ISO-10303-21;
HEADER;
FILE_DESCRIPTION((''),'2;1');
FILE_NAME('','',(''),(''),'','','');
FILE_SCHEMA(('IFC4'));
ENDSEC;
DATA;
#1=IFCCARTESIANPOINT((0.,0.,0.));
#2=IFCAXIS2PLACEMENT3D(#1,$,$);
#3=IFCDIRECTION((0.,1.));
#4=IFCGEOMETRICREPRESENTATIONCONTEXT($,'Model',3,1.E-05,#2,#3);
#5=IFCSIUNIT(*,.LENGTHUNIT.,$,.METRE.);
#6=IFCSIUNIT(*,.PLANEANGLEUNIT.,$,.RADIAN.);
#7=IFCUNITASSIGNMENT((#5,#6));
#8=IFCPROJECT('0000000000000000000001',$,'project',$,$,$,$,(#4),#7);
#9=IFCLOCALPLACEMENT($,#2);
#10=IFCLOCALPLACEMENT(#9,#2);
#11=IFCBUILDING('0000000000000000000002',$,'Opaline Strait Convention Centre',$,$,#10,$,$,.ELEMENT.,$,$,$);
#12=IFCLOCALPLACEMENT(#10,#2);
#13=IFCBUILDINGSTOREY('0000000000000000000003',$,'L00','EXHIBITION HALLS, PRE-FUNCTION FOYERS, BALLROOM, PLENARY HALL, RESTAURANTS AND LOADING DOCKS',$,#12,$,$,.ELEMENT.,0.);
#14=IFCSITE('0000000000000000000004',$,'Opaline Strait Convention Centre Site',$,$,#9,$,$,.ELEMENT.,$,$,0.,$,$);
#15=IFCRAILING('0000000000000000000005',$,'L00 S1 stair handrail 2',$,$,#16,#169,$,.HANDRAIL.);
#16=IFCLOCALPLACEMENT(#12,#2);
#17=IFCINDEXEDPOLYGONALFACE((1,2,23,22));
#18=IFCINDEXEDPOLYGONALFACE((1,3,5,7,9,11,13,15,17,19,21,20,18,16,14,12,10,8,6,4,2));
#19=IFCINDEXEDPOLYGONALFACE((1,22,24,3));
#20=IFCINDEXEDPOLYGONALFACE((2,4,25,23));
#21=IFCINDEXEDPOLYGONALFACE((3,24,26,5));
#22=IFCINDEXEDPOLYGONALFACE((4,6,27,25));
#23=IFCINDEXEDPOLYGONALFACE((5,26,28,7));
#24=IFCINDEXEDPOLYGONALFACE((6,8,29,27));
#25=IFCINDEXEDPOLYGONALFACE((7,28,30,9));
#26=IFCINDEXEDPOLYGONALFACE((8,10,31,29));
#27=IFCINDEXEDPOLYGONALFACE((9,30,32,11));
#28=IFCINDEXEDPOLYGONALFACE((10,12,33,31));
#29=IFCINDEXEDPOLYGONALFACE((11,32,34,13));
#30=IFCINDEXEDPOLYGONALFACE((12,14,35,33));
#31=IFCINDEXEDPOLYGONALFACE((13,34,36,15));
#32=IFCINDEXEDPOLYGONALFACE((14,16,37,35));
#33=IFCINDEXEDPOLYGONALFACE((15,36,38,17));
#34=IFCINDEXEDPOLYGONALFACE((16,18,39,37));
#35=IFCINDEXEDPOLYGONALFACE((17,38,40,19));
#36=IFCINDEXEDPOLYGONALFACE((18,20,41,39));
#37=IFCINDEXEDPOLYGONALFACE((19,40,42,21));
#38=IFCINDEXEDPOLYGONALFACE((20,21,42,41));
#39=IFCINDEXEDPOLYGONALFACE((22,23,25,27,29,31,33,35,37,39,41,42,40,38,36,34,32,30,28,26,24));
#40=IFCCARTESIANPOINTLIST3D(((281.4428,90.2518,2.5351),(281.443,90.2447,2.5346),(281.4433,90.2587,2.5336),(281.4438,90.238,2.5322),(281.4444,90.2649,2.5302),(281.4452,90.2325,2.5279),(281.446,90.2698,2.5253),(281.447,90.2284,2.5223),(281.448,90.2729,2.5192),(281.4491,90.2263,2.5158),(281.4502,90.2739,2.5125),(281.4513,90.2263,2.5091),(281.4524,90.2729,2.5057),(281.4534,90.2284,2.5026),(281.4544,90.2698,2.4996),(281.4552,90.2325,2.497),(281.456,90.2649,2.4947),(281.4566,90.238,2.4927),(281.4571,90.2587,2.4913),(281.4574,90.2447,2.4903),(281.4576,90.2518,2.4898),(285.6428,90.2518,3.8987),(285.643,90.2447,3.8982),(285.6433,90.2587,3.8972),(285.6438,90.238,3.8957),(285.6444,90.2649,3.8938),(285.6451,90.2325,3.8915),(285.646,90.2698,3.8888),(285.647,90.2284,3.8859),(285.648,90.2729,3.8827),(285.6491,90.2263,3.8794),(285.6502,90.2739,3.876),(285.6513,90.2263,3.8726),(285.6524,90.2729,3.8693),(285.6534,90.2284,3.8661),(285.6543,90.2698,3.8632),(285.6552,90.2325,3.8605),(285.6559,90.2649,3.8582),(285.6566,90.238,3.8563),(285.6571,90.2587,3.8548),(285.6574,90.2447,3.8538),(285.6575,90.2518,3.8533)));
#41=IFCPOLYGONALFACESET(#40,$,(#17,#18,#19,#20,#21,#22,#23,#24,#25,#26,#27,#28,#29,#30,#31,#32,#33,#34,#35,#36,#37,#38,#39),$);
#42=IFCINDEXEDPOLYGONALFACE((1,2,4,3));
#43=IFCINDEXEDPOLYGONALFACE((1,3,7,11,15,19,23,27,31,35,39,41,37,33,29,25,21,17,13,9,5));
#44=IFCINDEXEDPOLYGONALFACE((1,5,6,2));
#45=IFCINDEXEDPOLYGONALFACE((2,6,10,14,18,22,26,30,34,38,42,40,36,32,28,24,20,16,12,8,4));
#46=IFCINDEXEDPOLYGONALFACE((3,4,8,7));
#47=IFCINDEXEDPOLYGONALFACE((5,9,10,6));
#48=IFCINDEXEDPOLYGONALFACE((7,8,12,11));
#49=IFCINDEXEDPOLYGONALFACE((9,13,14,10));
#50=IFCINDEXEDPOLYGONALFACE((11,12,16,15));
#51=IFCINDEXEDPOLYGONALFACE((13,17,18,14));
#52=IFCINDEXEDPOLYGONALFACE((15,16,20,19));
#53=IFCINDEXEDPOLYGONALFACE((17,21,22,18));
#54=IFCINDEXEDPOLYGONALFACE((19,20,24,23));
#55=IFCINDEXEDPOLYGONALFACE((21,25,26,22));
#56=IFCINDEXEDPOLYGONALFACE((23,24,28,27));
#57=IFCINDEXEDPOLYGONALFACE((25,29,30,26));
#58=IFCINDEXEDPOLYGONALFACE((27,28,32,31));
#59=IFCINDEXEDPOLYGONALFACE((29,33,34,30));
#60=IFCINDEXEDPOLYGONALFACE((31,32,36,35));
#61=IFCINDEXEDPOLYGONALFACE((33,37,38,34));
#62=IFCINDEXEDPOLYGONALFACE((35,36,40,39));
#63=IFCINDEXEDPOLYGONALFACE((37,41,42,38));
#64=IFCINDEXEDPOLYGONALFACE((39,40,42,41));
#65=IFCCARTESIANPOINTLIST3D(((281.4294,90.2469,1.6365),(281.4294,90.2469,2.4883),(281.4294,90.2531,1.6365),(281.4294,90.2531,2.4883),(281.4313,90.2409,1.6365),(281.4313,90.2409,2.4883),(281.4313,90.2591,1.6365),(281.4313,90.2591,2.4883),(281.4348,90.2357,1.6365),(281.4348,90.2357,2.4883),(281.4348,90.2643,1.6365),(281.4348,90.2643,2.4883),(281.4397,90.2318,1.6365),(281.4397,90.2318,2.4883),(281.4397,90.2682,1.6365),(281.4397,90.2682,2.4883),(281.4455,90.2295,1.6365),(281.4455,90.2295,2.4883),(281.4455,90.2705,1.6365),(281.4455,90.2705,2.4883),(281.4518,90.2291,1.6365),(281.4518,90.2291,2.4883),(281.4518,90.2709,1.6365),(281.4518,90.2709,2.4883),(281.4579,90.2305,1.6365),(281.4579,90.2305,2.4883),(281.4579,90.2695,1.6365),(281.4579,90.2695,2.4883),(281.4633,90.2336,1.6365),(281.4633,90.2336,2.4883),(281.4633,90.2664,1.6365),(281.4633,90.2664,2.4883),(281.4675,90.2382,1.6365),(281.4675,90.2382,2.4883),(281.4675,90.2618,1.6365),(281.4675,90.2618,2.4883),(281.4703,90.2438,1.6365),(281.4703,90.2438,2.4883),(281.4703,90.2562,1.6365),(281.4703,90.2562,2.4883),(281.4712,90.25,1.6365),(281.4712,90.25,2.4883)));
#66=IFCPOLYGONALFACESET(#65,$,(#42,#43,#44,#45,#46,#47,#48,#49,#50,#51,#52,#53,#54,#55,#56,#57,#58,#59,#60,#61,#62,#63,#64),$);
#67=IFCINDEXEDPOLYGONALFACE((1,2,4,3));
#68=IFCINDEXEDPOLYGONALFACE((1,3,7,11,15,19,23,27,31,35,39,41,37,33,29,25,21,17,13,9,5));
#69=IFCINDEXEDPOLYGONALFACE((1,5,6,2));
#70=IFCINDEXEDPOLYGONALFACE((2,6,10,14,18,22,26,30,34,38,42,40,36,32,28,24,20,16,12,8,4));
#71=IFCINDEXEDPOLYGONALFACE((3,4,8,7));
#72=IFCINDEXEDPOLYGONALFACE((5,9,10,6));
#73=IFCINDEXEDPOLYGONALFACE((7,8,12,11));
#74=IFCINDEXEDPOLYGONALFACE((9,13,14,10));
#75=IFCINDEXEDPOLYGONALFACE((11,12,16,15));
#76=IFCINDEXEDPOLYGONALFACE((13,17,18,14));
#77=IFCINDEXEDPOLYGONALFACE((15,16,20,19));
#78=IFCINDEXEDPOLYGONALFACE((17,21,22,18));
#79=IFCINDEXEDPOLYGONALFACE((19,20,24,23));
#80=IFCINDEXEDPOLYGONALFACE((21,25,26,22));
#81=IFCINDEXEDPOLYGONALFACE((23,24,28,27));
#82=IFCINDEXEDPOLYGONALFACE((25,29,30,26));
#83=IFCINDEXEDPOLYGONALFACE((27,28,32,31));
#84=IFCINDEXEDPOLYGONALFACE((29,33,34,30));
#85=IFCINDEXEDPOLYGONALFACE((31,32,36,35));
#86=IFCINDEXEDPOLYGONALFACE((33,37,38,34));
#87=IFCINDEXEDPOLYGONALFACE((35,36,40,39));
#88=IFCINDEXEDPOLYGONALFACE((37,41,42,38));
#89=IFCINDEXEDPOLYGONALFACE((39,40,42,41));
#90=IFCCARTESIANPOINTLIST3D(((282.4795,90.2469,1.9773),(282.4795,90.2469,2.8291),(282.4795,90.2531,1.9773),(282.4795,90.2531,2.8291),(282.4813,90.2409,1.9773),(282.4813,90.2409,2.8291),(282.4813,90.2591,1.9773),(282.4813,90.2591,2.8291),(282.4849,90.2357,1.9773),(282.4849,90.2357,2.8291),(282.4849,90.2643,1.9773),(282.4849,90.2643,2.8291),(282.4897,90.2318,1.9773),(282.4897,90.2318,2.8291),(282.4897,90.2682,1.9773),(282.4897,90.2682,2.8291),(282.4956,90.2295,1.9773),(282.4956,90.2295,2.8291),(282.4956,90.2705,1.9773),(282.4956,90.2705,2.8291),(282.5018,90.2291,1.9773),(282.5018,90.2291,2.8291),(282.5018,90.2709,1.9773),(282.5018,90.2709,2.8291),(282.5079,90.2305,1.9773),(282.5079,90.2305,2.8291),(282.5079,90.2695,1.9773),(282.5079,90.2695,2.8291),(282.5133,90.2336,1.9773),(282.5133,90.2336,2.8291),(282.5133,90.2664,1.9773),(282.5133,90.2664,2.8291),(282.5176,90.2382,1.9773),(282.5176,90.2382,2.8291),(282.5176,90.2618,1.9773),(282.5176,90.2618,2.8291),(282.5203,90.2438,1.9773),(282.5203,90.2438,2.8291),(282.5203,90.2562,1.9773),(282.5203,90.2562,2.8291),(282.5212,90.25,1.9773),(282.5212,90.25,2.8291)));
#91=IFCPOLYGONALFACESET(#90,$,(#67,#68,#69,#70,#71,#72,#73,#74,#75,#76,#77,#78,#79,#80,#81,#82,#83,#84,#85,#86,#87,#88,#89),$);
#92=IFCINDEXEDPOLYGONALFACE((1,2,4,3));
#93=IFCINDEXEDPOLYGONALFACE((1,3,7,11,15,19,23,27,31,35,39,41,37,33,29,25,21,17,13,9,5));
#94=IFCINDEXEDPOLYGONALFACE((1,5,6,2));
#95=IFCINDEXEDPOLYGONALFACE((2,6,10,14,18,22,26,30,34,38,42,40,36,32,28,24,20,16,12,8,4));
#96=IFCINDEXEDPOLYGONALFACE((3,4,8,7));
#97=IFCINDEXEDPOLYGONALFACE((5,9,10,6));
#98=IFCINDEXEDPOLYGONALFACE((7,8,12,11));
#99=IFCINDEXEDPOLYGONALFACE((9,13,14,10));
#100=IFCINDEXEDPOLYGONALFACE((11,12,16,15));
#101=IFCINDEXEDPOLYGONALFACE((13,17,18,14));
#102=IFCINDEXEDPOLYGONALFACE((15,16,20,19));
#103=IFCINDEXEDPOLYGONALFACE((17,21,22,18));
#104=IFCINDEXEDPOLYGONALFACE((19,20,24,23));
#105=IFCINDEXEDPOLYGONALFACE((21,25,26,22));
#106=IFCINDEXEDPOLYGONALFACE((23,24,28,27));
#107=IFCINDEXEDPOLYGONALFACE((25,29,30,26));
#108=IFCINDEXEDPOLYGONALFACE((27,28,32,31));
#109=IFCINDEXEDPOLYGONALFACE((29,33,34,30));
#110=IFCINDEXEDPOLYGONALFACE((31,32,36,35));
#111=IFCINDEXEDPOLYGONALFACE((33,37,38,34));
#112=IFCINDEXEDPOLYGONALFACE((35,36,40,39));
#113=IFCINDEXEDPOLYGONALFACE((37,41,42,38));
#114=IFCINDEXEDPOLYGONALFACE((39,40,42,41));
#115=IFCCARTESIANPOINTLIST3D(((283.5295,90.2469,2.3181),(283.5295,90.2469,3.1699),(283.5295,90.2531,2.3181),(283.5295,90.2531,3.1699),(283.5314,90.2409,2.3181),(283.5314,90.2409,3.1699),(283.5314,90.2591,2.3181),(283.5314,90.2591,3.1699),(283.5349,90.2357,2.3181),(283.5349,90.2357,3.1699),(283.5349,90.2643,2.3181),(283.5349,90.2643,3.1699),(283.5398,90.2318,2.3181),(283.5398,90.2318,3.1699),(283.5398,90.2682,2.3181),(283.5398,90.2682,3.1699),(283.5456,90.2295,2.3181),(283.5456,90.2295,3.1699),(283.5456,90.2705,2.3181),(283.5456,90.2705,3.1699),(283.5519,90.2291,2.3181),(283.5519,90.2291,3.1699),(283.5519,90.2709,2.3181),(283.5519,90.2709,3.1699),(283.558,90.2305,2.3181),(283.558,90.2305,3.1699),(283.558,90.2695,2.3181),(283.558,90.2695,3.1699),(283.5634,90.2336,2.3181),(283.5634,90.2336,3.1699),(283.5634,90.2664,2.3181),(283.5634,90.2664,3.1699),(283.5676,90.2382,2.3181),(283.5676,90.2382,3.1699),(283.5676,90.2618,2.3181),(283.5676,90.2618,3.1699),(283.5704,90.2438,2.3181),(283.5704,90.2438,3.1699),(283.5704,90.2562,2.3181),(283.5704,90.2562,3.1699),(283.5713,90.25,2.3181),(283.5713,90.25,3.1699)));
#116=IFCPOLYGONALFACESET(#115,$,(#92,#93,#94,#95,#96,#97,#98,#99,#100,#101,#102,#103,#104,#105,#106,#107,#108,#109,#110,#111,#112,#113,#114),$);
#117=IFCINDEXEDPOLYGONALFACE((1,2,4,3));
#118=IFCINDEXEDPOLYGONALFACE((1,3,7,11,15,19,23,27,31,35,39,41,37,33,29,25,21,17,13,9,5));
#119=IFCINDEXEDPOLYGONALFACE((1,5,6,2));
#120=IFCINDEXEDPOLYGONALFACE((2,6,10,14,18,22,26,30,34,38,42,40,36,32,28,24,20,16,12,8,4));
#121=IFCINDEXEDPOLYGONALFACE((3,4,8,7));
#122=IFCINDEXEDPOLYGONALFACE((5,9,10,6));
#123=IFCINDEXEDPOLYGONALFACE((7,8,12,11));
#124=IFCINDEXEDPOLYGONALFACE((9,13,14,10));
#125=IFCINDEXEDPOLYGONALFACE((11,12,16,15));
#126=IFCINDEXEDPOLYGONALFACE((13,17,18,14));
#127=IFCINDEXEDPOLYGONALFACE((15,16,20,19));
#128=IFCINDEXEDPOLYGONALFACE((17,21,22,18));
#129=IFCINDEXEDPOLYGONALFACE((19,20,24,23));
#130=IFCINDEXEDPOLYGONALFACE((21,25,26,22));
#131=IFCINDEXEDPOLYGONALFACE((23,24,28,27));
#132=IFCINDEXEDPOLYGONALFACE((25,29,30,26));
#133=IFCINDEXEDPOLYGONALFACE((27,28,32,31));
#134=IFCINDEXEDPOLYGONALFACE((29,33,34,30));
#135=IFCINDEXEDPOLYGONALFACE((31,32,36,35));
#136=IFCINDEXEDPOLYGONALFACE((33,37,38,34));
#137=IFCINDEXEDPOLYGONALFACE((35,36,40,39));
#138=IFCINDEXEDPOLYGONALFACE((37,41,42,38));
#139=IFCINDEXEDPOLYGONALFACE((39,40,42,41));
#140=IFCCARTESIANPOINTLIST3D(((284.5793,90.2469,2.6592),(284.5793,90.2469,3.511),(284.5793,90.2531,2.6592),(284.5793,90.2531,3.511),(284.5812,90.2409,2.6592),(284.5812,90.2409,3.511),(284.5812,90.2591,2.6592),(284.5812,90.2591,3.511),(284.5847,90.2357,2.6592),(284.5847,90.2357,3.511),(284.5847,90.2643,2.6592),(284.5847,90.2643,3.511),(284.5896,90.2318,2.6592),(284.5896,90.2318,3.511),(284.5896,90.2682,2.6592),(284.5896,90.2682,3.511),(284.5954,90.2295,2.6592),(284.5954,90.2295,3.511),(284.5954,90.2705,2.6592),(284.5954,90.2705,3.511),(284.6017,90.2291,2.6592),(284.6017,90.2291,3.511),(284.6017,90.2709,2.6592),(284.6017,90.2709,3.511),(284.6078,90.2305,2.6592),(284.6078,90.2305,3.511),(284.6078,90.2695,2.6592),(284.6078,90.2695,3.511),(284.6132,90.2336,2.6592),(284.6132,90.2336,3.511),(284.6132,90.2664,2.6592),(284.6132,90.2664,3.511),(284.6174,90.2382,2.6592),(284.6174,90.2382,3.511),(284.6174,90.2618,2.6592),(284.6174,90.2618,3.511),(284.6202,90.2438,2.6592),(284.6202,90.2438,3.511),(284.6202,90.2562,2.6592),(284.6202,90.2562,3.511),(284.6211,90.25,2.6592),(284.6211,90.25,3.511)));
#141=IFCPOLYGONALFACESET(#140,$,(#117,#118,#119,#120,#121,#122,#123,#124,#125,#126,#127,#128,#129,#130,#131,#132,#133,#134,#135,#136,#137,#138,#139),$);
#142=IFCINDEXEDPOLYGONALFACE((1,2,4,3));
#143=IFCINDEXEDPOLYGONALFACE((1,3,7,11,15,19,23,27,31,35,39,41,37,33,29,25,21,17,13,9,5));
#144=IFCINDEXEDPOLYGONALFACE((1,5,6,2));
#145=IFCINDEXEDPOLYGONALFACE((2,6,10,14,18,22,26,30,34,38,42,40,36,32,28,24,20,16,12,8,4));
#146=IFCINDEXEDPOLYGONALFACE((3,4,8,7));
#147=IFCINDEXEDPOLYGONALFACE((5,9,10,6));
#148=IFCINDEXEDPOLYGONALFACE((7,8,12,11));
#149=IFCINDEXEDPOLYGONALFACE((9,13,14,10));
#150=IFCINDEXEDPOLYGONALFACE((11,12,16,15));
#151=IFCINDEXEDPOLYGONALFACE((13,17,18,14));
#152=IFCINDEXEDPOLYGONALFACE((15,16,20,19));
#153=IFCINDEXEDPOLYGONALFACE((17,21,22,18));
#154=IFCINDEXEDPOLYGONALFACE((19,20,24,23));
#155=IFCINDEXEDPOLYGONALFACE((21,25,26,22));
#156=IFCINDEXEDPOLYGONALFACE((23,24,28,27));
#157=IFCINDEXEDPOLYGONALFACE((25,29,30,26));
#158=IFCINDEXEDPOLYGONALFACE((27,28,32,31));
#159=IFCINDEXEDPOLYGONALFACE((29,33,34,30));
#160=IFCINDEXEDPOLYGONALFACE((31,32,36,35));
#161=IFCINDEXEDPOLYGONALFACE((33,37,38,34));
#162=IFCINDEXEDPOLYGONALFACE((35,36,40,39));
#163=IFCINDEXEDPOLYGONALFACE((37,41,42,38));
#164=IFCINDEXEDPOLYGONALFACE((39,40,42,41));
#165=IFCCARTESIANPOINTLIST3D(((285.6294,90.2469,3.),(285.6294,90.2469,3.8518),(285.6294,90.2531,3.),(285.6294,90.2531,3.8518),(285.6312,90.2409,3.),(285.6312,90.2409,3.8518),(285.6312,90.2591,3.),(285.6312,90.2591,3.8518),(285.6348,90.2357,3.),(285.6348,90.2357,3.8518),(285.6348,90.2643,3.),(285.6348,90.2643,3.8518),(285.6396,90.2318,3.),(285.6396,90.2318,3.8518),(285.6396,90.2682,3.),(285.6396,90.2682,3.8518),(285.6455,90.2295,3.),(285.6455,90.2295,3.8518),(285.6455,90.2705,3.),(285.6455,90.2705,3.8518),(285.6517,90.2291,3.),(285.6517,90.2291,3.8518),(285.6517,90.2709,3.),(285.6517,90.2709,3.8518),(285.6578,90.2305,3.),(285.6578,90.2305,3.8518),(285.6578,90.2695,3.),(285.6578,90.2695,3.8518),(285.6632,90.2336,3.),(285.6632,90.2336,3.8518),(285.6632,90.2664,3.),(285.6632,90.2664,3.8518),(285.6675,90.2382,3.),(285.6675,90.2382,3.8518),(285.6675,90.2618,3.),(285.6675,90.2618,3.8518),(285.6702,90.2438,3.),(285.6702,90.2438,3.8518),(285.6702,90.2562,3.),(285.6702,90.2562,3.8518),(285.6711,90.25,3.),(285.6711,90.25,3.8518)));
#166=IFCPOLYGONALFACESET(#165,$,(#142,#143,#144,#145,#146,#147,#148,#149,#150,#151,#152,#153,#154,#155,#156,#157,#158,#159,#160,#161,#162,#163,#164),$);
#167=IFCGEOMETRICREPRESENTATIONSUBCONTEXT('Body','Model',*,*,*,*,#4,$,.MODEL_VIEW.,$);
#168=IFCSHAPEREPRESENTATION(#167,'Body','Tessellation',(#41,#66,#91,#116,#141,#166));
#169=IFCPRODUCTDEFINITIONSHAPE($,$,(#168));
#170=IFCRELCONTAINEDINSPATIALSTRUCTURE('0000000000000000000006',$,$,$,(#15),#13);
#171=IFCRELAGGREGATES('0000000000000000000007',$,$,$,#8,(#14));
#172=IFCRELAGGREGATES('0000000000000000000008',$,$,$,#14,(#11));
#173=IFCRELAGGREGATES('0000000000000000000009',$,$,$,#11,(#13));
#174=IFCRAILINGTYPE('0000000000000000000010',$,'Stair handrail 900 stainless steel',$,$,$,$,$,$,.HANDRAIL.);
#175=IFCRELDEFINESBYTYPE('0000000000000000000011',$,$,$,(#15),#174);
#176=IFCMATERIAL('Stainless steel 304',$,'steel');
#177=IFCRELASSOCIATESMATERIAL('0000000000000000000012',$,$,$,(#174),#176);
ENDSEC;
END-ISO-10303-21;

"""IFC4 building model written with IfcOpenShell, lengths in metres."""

from ifc_helpers import new_model, si_unit, direction, frame, origin, origin_2d, place, context, subcontext, project, spatial, circle, extrude, material, type_object, element, save


model = new_model("IFC4")

# Units and contexts
model_context = context("Model", 3, precision=1e-05, world=origin(), true_north=direction((0.0, 1.0)))
body_context = subcontext(model_context, "Body", "Model", "MODEL_VIEW")
ifc_project = project(units=[si_unit("LENGTHUNIT", "METRE"), si_unit("PLANEANGLEUNIT", "RADIAN")], contexts=[model_context])

# Site, building, storey
site_placement = place(None, origin())
site = spatial("IfcSite", under=ifc_project, at=site_placement, Name="Opaline Strait Convention Centre Site", CompositionType="ELEMENT", RefElevation=0.0)
building_placement = place(site_placement, origin())
building = spatial("IfcBuilding", under=site, at=building_placement, Name="Opaline Strait Convention Centre", CompositionType="ELEMENT")
storey_placement = place(building_placement, origin())
storey = spatial("IfcBuildingStorey", under=building, at=storey_placement, Name="L00", Description="EXHIBITION HALLS, PRE-FUNCTION FOYERS, BALLROOM, PLENARY HALL, RESTAURANTS AND LOADING DOCKS", CompositionType="ELEMENT", Elevation=0.0)

# Railing
ifc_material_1 = material(Name="Stainless steel 304", Category="steel")
railing_type_1 = type_object("IfcRailingType", Name="Stair handrail 900 stainless steel", PredefinedType="HANDRAIL", material=ifc_material_1)
for number, where, name in (
    (1, (281.4502, 90.25, 1.6365), "L00 S1 stair handrail 2"),
):
    element("IfcRailing", number, at=place(storey_placement, frame(where)), inside=storey, type_object=railing_type_1, Name=name, PredefinedType="HANDRAIL", context=body_context, shape_type="SweptSolid", body=[
        extrude(circle(Radius=0.0239, at=origin_2d()), frame((0.0, 0.0, 0.876), z_axis=(0.951131, 0.0, 0.308787), x_axis=(0.0, 1.0, 0.0)), (0.0, 0.0, 1.0), 4.4158),
        extrude(circle(Radius=0.021, at=origin_2d()), origin(), (0.0, 0.0, 1.0), 0.8518),
        extrude(circle(Radius=0.021, at=origin_2d()), frame((1.05, 0.0, 0.3408)), (0.0, 0.0, 1.0), 0.8518),
        extrude(circle(Radius=0.021, at=origin_2d()), frame((2.1001, 0.0, 0.6816)), (0.0, 0.0, 1.0), 0.8518),
        extrude(circle(Radius=0.021, at=origin_2d()), frame((3.1499, 0.0, 1.0227)), (0.0, 0.0, 1.0), 0.8518),
        extrude(circle(Radius=0.021, at=origin_2d()), frame((4.2, 0.0, 1.3635)), (0.0, 0.0, 1.0), 0.8518),
    ])

save(model, "model.ifc")
